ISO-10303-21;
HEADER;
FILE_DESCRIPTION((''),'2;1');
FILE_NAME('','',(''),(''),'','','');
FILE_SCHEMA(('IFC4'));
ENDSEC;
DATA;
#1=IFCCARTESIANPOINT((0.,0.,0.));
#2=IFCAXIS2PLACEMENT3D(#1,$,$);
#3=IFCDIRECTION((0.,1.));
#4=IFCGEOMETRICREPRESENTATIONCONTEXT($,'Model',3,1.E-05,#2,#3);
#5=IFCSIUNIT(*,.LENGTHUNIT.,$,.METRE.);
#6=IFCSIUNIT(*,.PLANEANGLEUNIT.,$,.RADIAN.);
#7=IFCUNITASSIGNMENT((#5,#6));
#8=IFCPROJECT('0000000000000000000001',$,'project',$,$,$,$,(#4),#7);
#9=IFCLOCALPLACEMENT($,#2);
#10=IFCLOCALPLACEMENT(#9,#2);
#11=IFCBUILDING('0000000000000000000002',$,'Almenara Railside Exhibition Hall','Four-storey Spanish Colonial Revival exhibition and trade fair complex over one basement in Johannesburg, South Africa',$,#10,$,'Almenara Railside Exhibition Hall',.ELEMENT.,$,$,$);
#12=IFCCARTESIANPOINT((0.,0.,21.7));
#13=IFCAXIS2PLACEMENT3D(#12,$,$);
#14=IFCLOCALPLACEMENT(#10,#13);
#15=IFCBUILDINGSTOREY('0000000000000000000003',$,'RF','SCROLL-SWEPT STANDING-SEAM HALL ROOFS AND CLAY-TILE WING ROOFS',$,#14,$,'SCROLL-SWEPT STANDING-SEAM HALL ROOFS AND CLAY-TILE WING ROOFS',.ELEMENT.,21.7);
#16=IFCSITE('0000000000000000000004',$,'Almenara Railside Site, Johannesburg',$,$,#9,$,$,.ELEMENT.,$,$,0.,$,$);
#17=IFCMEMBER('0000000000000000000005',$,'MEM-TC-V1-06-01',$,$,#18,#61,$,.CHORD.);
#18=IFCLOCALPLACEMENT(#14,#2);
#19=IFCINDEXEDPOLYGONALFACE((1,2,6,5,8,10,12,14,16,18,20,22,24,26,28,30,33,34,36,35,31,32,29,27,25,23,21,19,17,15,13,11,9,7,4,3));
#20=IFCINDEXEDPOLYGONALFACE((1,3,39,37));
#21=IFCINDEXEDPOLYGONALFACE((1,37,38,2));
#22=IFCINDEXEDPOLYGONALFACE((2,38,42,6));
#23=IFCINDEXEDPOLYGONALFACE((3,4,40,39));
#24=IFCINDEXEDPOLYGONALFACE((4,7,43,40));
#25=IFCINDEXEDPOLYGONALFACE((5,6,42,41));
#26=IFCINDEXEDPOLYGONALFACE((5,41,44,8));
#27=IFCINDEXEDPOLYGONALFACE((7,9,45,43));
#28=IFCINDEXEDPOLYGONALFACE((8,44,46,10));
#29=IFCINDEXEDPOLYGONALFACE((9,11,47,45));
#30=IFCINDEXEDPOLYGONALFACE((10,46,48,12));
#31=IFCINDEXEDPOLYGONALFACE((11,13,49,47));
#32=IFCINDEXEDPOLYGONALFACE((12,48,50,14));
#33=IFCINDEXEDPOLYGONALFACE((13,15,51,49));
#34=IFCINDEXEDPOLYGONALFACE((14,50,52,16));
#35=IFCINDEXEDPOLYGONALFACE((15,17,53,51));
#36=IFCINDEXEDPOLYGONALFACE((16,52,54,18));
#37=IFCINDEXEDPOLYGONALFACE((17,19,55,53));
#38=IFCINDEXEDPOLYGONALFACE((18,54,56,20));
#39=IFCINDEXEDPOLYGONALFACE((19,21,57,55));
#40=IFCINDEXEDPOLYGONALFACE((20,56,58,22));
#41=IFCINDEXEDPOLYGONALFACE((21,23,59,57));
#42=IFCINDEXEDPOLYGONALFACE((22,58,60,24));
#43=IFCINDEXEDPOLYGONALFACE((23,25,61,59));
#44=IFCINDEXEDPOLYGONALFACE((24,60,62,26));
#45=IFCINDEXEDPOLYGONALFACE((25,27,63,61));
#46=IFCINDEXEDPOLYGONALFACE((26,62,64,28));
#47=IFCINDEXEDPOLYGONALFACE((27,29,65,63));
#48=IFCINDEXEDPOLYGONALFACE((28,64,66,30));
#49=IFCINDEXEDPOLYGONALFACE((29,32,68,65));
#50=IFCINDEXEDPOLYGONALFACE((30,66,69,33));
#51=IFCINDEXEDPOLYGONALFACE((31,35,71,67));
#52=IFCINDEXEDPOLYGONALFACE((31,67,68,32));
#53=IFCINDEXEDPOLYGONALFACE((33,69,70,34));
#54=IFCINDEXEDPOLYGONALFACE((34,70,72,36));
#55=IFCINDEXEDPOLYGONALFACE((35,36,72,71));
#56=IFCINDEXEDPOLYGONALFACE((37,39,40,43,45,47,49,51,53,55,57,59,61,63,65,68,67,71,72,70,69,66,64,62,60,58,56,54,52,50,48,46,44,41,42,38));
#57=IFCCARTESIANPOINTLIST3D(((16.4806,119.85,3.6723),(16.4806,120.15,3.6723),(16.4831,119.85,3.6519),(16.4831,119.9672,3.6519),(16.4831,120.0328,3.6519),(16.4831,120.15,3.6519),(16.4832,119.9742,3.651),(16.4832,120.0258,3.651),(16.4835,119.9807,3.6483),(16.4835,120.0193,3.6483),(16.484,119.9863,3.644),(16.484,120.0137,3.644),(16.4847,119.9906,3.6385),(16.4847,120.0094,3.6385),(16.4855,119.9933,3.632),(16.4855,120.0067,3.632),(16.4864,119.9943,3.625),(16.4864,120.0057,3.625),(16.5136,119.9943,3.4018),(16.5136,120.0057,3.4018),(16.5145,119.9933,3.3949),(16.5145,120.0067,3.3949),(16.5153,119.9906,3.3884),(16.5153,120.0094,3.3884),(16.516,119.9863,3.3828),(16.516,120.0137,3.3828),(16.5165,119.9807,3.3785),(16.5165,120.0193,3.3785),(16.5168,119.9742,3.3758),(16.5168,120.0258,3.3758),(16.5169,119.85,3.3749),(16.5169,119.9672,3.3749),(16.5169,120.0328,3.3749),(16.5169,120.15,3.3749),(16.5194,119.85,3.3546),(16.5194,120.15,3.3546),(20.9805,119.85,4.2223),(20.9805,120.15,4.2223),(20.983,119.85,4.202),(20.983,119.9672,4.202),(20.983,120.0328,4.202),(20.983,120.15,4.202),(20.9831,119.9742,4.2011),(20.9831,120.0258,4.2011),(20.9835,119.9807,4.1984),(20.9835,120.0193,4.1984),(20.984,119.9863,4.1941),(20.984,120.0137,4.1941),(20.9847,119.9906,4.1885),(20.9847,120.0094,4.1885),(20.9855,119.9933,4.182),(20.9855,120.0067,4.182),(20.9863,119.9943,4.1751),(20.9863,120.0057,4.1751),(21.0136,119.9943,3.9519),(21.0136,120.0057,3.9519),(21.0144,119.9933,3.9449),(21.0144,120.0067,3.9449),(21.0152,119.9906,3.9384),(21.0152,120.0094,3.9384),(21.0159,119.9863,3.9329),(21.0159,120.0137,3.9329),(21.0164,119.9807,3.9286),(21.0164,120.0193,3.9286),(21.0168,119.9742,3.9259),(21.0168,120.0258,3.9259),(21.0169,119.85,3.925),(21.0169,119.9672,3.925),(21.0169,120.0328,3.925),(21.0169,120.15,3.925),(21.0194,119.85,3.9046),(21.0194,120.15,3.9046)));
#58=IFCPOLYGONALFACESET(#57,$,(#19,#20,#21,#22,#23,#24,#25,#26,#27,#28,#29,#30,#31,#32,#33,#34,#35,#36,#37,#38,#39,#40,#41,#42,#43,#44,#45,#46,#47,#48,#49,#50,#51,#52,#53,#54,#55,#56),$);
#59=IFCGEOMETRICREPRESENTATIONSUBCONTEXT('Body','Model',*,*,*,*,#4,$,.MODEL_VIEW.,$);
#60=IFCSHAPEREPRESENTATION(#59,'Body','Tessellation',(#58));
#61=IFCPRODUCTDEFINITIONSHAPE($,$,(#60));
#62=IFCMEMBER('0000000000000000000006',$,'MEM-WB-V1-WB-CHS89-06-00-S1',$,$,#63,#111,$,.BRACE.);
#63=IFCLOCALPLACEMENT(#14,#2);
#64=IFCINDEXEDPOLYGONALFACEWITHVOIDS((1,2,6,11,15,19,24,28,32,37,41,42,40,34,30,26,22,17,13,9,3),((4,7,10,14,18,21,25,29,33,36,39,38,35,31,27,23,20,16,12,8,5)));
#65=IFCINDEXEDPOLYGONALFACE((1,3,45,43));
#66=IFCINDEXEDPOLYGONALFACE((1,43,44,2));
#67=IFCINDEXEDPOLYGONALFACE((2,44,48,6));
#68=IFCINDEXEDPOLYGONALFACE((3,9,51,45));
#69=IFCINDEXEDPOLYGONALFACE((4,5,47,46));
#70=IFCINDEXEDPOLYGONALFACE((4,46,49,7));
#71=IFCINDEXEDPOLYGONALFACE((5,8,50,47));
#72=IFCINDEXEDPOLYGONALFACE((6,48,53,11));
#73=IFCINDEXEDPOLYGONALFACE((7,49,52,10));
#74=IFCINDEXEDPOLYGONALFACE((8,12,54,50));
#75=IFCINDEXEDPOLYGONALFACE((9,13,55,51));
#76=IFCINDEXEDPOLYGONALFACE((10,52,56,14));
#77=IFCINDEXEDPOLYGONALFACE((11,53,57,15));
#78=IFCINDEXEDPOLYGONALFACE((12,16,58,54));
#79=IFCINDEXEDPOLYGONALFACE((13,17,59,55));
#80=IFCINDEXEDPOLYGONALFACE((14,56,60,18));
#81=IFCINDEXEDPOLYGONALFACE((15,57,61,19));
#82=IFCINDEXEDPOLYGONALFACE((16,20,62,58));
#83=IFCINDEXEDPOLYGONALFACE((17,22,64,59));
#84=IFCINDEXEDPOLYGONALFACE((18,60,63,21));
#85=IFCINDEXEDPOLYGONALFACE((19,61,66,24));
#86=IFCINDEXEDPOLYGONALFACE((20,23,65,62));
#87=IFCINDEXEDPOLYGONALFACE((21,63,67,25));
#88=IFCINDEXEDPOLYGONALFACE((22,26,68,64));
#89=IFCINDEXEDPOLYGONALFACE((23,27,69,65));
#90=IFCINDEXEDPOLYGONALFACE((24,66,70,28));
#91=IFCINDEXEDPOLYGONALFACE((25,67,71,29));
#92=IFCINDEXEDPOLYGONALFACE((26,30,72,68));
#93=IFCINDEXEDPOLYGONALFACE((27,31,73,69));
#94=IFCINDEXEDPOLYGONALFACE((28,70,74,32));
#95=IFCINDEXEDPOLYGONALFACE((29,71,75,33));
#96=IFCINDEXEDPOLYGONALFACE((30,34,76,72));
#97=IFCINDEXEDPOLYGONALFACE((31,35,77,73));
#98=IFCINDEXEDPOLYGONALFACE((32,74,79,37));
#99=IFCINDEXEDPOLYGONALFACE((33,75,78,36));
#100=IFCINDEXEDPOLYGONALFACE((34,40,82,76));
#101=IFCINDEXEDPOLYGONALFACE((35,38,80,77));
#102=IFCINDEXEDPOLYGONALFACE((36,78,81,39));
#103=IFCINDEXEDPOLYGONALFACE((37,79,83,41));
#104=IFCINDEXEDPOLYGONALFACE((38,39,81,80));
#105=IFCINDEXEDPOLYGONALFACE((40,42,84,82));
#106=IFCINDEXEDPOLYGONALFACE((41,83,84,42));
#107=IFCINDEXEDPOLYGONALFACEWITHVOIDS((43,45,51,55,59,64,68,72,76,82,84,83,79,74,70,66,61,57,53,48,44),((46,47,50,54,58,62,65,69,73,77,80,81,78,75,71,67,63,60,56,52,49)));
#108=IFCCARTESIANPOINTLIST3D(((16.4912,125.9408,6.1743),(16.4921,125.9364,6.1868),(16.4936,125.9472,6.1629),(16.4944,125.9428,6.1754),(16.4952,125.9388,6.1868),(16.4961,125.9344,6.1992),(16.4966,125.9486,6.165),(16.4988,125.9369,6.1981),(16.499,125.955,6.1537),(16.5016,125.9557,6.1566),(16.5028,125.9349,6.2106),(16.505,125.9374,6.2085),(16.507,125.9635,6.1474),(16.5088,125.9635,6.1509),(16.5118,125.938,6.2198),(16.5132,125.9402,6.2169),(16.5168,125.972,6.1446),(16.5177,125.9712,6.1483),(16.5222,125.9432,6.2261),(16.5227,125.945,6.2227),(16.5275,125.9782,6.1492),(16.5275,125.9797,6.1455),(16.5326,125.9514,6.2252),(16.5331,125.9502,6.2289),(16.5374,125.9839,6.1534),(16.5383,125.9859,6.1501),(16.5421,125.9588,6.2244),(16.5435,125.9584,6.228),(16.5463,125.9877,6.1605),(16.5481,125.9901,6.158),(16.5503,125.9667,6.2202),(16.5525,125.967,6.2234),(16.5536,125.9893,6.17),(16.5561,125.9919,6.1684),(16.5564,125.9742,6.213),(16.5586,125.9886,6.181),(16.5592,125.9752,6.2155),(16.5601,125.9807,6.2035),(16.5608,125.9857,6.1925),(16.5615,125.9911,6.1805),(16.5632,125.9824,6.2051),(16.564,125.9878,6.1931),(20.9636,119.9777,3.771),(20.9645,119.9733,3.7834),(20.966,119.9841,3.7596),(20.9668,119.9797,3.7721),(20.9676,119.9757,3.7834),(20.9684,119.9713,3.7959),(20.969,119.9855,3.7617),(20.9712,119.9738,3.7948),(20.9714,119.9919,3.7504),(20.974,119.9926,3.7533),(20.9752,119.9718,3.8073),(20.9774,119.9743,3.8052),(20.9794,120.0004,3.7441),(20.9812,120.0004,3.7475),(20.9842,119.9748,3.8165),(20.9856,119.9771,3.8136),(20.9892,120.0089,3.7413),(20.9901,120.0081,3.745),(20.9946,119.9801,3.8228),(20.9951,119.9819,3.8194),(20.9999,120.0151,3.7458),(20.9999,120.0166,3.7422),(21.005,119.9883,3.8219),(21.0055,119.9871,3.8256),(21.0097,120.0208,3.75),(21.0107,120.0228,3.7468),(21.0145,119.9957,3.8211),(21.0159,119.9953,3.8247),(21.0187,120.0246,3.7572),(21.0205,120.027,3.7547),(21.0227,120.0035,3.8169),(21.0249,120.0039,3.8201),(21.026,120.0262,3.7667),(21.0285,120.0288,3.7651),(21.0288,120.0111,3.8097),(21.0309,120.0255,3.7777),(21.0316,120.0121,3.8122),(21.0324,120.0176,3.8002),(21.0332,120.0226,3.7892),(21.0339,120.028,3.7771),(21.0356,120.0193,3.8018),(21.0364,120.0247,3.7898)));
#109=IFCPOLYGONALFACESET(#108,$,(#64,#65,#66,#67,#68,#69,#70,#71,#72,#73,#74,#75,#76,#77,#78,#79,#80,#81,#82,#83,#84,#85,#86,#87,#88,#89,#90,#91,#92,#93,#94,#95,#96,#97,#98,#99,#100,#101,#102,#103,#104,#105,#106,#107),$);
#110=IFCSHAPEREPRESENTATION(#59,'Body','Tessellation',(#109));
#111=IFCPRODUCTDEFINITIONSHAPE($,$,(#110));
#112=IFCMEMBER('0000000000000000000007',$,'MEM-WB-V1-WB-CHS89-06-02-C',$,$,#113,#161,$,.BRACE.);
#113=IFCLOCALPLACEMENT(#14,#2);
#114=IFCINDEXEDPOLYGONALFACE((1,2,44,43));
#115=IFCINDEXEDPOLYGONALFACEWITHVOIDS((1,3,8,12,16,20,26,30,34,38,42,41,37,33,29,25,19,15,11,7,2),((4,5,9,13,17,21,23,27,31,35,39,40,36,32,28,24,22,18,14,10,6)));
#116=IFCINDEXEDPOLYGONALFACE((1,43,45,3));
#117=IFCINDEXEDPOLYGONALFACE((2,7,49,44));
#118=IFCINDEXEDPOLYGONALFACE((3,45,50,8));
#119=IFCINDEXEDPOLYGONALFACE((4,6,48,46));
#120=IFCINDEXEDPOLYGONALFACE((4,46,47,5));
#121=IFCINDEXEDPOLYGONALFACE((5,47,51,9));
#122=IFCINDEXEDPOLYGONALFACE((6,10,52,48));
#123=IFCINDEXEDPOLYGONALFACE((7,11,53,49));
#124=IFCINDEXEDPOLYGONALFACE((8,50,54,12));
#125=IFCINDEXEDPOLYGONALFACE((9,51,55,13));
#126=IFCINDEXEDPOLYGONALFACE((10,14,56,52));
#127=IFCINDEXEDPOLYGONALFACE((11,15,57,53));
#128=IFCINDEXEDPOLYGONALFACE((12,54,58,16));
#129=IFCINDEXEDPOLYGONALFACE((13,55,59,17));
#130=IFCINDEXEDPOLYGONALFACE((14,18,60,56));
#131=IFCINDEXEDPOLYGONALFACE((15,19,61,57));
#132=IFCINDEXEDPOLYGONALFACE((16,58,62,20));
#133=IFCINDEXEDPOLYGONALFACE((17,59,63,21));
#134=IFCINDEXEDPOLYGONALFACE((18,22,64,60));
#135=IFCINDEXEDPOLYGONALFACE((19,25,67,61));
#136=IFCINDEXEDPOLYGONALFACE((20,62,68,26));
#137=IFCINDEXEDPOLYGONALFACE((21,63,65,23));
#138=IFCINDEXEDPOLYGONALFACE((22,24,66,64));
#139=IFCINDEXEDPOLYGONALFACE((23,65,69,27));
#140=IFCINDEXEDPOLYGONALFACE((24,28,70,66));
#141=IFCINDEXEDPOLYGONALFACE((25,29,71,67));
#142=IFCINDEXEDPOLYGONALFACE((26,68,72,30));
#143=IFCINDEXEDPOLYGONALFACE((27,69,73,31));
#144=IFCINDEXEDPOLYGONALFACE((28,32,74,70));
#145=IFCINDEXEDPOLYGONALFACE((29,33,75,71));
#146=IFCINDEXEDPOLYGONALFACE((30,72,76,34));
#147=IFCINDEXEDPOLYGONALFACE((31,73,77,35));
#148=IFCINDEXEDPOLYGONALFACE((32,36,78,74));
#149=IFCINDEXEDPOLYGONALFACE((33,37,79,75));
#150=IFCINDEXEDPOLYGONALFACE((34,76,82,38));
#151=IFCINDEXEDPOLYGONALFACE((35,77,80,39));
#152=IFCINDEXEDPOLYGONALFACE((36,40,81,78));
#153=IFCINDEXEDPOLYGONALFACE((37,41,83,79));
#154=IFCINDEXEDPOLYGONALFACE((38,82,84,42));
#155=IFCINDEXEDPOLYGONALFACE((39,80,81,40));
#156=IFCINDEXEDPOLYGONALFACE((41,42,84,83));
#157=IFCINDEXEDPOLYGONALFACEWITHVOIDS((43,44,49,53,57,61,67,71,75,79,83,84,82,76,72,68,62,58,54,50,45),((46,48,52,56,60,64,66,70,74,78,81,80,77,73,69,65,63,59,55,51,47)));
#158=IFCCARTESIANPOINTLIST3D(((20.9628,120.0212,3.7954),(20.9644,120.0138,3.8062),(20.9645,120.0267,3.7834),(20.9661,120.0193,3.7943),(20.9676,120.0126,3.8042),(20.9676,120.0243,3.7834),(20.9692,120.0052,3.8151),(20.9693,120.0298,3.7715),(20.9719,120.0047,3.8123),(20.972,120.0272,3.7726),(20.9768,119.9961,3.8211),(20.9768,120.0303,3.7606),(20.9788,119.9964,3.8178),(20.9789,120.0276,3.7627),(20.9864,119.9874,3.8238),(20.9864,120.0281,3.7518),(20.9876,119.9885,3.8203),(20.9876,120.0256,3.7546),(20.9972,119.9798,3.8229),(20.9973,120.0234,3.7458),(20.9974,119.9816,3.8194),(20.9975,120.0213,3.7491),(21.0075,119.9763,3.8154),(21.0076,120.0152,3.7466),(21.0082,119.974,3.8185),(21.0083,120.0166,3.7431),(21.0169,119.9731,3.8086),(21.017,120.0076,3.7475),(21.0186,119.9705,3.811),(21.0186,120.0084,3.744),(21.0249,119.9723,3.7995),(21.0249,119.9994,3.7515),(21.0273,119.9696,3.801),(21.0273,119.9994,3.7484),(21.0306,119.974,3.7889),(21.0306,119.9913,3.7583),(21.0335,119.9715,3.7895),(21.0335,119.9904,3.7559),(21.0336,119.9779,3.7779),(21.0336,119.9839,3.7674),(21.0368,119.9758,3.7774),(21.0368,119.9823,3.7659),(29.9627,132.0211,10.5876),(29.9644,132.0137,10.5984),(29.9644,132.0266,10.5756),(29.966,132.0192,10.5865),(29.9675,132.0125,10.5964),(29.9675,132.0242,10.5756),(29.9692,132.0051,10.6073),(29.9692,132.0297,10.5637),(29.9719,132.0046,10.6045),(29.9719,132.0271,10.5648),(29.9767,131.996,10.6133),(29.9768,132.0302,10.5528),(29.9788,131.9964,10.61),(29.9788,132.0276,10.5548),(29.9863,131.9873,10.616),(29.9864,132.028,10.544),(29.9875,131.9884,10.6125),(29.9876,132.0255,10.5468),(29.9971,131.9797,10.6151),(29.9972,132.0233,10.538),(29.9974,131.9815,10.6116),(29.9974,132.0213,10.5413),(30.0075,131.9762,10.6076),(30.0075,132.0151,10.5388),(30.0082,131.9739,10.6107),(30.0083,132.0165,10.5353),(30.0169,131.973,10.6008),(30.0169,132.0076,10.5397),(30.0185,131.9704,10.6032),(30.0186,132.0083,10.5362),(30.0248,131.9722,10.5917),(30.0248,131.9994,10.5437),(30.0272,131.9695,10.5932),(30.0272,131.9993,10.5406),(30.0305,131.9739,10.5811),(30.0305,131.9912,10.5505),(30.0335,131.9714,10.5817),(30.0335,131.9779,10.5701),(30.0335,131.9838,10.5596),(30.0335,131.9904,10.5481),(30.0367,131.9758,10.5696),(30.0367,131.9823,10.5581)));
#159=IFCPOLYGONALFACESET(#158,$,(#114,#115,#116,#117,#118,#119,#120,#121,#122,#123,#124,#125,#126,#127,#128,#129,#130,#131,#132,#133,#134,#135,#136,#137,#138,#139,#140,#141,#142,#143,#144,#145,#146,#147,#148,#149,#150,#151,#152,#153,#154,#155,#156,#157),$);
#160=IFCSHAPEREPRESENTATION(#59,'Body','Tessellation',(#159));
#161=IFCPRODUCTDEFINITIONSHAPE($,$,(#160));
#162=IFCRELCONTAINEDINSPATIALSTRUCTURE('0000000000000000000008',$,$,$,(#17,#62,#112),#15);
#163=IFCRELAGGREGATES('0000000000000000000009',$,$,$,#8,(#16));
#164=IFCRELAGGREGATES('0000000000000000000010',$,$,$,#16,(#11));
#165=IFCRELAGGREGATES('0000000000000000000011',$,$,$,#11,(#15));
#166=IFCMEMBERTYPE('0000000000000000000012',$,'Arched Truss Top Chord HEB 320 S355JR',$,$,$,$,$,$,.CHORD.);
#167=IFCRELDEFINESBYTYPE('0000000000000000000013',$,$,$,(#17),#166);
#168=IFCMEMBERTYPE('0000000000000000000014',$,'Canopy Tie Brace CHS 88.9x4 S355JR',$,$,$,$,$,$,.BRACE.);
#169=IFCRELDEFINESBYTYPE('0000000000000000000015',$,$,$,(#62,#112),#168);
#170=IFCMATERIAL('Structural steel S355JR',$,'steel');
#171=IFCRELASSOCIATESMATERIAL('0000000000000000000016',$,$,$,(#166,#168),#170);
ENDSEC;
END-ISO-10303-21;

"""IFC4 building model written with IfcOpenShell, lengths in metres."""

from ifc_helpers import new_model, si_unit, direction, frame, origin, origin_2d, place, context, subcontext, project, spatial, hollow_circle, i_section, extrude, material, material_profile, profile_set, type_object, element, save


model = new_model("IFC4")

# Units and contexts
model_context = context("Model", 3, precision=1e-05, world=origin(), true_north=direction((0.0, 1.0)))
body_context = subcontext(model_context, "Body", "Model", "MODEL_VIEW")
ifc_project = project(units=[si_unit("LENGTHUNIT", "METRE"), si_unit("PLANEANGLEUNIT", "RADIAN")], contexts=[model_context])

# Site, building, storey
site_placement = place(None, origin())
site = spatial("IfcSite", under=ifc_project, at=site_placement, Name="Almenara Railside Site, Johannesburg", CompositionType="ELEMENT", RefElevation=0.0)
building_placement = place(site_placement, origin())
building = spatial("IfcBuilding", under=site, at=building_placement, Name="Almenara Railside Exhibition Hall", Description="Four-storey Spanish Colonial Revival exhibition and trade fair complex over one basement in Johannesburg, South Africa", LongName="Almenara Railside Exhibition Hall", CompositionType="ELEMENT")
storey_placement = place(building_placement, frame((0.0, 0.0, 21.7)))
storey = spatial("IfcBuildingStorey", under=building, at=storey_placement, Name="RF", Description="SCROLL-SWEPT STANDING-SEAM HALL ROOFS AND CLAY-TILE WING ROOFS", LongName="SCROLL-SWEPT STANDING-SEAM HALL ROOFS AND CLAY-TILE WING ROOFS", CompositionType="ELEMENT", Elevation=21.7)

# Members
ifc_material_1 = material(Name="Structural steel S355JR", Category="steel")
ifc_material_profile_1 = material_profile(ifc_material_1, i_section(OverallWidth=0.3, OverallDepth=0.3201, WebThickness=0.0115, FlangeThickness=0.0205, FilletRadius=0.0271, at=origin_2d()), Name="HEB 320")
ifc_profile_set_1 = profile_set([ifc_material_profile_1], Name="Structural steel S355JR")
member_type_1 = type_object("IfcMemberType", Name="Arched Truss Top Chord HEB 320 S355JR", PredefinedType="CHORD", material=ifc_profile_set_1)
member_1_placement = place(storey_placement, frame((16.5, 120.0, 3.5134), z_axis=(0.992612, 0.0, 0.12133), x_axis=(0.0, 1.0, 0.0)))
element("IfcMember", 1, at=member_1_placement, inside=storey, type_object=member_type_1, Name="MEM-TC-V1-06-01", PredefinedType="CHORD", context=body_context, shape_type="SweptSolid", body=[
    extrude(i_section(OverallWidth=0.3, OverallDepth=0.3201, WebThickness=0.0115, FlangeThickness=0.0205, FilletRadius=0.0271, at=origin_2d()), origin(), (0.0, 0.0, 1.0), 4.5334),
])
ifc_material_profile_2 = material_profile(ifc_material_1, hollow_circle(Radius=0.0444, WallThickness=0.0039, at=origin_2d()), Name="CHS 88.9x4")
ifc_profile_set_2 = profile_set([ifc_material_profile_2], Name="Structural steel S355JR")
member_type_2 = type_object("IfcMemberType", Name="Canopy Tie Brace CHS 88.9x4 S355JR", PredefinedType="BRACE", material=ifc_profile_set_2)
member_2_placement = place(storey_placement, frame((21.0, 120.0, 3.7834), z_axis=(-0.571057, 0.761398, 0.306866), x_axis=(-0.799996, -0.600005, 0.0)))
element("IfcMember", 2, at=member_2_placement, inside=storey, type_object=member_type_2, Name="MEM-WB-V1-WB-CHS89-06-00-S1", PredefinedType="BRACE", context=body_context, shape_type="SweptSolid", body=[
    extrude(hollow_circle(Radius=0.0444, WallThickness=0.0039, at=origin_2d()), origin(), (0.0, 0.0, 1.0), 7.8318),
])
member_3_placement = place(storey_placement, frame((21.0, 120.0, 3.7834), z_axis=(0.546575, 0.728767, 0.412497), x_axis=(-0.8, 0.6, 0.0)))
element("IfcMember", 3, at=member_3_placement, inside=storey, type_object=member_type_2, Name="MEM-WB-V1-WB-CHS89-06-02-C", PredefinedType="BRACE", context=body_context, shape_type="SweptSolid", body=[
    extrude(hollow_circle(Radius=0.0444, WallThickness=0.0039, at=origin_2d()), origin(), (0.0, 0.0, 1.0), 16.4661),
])

save(model, "model.ifc")
